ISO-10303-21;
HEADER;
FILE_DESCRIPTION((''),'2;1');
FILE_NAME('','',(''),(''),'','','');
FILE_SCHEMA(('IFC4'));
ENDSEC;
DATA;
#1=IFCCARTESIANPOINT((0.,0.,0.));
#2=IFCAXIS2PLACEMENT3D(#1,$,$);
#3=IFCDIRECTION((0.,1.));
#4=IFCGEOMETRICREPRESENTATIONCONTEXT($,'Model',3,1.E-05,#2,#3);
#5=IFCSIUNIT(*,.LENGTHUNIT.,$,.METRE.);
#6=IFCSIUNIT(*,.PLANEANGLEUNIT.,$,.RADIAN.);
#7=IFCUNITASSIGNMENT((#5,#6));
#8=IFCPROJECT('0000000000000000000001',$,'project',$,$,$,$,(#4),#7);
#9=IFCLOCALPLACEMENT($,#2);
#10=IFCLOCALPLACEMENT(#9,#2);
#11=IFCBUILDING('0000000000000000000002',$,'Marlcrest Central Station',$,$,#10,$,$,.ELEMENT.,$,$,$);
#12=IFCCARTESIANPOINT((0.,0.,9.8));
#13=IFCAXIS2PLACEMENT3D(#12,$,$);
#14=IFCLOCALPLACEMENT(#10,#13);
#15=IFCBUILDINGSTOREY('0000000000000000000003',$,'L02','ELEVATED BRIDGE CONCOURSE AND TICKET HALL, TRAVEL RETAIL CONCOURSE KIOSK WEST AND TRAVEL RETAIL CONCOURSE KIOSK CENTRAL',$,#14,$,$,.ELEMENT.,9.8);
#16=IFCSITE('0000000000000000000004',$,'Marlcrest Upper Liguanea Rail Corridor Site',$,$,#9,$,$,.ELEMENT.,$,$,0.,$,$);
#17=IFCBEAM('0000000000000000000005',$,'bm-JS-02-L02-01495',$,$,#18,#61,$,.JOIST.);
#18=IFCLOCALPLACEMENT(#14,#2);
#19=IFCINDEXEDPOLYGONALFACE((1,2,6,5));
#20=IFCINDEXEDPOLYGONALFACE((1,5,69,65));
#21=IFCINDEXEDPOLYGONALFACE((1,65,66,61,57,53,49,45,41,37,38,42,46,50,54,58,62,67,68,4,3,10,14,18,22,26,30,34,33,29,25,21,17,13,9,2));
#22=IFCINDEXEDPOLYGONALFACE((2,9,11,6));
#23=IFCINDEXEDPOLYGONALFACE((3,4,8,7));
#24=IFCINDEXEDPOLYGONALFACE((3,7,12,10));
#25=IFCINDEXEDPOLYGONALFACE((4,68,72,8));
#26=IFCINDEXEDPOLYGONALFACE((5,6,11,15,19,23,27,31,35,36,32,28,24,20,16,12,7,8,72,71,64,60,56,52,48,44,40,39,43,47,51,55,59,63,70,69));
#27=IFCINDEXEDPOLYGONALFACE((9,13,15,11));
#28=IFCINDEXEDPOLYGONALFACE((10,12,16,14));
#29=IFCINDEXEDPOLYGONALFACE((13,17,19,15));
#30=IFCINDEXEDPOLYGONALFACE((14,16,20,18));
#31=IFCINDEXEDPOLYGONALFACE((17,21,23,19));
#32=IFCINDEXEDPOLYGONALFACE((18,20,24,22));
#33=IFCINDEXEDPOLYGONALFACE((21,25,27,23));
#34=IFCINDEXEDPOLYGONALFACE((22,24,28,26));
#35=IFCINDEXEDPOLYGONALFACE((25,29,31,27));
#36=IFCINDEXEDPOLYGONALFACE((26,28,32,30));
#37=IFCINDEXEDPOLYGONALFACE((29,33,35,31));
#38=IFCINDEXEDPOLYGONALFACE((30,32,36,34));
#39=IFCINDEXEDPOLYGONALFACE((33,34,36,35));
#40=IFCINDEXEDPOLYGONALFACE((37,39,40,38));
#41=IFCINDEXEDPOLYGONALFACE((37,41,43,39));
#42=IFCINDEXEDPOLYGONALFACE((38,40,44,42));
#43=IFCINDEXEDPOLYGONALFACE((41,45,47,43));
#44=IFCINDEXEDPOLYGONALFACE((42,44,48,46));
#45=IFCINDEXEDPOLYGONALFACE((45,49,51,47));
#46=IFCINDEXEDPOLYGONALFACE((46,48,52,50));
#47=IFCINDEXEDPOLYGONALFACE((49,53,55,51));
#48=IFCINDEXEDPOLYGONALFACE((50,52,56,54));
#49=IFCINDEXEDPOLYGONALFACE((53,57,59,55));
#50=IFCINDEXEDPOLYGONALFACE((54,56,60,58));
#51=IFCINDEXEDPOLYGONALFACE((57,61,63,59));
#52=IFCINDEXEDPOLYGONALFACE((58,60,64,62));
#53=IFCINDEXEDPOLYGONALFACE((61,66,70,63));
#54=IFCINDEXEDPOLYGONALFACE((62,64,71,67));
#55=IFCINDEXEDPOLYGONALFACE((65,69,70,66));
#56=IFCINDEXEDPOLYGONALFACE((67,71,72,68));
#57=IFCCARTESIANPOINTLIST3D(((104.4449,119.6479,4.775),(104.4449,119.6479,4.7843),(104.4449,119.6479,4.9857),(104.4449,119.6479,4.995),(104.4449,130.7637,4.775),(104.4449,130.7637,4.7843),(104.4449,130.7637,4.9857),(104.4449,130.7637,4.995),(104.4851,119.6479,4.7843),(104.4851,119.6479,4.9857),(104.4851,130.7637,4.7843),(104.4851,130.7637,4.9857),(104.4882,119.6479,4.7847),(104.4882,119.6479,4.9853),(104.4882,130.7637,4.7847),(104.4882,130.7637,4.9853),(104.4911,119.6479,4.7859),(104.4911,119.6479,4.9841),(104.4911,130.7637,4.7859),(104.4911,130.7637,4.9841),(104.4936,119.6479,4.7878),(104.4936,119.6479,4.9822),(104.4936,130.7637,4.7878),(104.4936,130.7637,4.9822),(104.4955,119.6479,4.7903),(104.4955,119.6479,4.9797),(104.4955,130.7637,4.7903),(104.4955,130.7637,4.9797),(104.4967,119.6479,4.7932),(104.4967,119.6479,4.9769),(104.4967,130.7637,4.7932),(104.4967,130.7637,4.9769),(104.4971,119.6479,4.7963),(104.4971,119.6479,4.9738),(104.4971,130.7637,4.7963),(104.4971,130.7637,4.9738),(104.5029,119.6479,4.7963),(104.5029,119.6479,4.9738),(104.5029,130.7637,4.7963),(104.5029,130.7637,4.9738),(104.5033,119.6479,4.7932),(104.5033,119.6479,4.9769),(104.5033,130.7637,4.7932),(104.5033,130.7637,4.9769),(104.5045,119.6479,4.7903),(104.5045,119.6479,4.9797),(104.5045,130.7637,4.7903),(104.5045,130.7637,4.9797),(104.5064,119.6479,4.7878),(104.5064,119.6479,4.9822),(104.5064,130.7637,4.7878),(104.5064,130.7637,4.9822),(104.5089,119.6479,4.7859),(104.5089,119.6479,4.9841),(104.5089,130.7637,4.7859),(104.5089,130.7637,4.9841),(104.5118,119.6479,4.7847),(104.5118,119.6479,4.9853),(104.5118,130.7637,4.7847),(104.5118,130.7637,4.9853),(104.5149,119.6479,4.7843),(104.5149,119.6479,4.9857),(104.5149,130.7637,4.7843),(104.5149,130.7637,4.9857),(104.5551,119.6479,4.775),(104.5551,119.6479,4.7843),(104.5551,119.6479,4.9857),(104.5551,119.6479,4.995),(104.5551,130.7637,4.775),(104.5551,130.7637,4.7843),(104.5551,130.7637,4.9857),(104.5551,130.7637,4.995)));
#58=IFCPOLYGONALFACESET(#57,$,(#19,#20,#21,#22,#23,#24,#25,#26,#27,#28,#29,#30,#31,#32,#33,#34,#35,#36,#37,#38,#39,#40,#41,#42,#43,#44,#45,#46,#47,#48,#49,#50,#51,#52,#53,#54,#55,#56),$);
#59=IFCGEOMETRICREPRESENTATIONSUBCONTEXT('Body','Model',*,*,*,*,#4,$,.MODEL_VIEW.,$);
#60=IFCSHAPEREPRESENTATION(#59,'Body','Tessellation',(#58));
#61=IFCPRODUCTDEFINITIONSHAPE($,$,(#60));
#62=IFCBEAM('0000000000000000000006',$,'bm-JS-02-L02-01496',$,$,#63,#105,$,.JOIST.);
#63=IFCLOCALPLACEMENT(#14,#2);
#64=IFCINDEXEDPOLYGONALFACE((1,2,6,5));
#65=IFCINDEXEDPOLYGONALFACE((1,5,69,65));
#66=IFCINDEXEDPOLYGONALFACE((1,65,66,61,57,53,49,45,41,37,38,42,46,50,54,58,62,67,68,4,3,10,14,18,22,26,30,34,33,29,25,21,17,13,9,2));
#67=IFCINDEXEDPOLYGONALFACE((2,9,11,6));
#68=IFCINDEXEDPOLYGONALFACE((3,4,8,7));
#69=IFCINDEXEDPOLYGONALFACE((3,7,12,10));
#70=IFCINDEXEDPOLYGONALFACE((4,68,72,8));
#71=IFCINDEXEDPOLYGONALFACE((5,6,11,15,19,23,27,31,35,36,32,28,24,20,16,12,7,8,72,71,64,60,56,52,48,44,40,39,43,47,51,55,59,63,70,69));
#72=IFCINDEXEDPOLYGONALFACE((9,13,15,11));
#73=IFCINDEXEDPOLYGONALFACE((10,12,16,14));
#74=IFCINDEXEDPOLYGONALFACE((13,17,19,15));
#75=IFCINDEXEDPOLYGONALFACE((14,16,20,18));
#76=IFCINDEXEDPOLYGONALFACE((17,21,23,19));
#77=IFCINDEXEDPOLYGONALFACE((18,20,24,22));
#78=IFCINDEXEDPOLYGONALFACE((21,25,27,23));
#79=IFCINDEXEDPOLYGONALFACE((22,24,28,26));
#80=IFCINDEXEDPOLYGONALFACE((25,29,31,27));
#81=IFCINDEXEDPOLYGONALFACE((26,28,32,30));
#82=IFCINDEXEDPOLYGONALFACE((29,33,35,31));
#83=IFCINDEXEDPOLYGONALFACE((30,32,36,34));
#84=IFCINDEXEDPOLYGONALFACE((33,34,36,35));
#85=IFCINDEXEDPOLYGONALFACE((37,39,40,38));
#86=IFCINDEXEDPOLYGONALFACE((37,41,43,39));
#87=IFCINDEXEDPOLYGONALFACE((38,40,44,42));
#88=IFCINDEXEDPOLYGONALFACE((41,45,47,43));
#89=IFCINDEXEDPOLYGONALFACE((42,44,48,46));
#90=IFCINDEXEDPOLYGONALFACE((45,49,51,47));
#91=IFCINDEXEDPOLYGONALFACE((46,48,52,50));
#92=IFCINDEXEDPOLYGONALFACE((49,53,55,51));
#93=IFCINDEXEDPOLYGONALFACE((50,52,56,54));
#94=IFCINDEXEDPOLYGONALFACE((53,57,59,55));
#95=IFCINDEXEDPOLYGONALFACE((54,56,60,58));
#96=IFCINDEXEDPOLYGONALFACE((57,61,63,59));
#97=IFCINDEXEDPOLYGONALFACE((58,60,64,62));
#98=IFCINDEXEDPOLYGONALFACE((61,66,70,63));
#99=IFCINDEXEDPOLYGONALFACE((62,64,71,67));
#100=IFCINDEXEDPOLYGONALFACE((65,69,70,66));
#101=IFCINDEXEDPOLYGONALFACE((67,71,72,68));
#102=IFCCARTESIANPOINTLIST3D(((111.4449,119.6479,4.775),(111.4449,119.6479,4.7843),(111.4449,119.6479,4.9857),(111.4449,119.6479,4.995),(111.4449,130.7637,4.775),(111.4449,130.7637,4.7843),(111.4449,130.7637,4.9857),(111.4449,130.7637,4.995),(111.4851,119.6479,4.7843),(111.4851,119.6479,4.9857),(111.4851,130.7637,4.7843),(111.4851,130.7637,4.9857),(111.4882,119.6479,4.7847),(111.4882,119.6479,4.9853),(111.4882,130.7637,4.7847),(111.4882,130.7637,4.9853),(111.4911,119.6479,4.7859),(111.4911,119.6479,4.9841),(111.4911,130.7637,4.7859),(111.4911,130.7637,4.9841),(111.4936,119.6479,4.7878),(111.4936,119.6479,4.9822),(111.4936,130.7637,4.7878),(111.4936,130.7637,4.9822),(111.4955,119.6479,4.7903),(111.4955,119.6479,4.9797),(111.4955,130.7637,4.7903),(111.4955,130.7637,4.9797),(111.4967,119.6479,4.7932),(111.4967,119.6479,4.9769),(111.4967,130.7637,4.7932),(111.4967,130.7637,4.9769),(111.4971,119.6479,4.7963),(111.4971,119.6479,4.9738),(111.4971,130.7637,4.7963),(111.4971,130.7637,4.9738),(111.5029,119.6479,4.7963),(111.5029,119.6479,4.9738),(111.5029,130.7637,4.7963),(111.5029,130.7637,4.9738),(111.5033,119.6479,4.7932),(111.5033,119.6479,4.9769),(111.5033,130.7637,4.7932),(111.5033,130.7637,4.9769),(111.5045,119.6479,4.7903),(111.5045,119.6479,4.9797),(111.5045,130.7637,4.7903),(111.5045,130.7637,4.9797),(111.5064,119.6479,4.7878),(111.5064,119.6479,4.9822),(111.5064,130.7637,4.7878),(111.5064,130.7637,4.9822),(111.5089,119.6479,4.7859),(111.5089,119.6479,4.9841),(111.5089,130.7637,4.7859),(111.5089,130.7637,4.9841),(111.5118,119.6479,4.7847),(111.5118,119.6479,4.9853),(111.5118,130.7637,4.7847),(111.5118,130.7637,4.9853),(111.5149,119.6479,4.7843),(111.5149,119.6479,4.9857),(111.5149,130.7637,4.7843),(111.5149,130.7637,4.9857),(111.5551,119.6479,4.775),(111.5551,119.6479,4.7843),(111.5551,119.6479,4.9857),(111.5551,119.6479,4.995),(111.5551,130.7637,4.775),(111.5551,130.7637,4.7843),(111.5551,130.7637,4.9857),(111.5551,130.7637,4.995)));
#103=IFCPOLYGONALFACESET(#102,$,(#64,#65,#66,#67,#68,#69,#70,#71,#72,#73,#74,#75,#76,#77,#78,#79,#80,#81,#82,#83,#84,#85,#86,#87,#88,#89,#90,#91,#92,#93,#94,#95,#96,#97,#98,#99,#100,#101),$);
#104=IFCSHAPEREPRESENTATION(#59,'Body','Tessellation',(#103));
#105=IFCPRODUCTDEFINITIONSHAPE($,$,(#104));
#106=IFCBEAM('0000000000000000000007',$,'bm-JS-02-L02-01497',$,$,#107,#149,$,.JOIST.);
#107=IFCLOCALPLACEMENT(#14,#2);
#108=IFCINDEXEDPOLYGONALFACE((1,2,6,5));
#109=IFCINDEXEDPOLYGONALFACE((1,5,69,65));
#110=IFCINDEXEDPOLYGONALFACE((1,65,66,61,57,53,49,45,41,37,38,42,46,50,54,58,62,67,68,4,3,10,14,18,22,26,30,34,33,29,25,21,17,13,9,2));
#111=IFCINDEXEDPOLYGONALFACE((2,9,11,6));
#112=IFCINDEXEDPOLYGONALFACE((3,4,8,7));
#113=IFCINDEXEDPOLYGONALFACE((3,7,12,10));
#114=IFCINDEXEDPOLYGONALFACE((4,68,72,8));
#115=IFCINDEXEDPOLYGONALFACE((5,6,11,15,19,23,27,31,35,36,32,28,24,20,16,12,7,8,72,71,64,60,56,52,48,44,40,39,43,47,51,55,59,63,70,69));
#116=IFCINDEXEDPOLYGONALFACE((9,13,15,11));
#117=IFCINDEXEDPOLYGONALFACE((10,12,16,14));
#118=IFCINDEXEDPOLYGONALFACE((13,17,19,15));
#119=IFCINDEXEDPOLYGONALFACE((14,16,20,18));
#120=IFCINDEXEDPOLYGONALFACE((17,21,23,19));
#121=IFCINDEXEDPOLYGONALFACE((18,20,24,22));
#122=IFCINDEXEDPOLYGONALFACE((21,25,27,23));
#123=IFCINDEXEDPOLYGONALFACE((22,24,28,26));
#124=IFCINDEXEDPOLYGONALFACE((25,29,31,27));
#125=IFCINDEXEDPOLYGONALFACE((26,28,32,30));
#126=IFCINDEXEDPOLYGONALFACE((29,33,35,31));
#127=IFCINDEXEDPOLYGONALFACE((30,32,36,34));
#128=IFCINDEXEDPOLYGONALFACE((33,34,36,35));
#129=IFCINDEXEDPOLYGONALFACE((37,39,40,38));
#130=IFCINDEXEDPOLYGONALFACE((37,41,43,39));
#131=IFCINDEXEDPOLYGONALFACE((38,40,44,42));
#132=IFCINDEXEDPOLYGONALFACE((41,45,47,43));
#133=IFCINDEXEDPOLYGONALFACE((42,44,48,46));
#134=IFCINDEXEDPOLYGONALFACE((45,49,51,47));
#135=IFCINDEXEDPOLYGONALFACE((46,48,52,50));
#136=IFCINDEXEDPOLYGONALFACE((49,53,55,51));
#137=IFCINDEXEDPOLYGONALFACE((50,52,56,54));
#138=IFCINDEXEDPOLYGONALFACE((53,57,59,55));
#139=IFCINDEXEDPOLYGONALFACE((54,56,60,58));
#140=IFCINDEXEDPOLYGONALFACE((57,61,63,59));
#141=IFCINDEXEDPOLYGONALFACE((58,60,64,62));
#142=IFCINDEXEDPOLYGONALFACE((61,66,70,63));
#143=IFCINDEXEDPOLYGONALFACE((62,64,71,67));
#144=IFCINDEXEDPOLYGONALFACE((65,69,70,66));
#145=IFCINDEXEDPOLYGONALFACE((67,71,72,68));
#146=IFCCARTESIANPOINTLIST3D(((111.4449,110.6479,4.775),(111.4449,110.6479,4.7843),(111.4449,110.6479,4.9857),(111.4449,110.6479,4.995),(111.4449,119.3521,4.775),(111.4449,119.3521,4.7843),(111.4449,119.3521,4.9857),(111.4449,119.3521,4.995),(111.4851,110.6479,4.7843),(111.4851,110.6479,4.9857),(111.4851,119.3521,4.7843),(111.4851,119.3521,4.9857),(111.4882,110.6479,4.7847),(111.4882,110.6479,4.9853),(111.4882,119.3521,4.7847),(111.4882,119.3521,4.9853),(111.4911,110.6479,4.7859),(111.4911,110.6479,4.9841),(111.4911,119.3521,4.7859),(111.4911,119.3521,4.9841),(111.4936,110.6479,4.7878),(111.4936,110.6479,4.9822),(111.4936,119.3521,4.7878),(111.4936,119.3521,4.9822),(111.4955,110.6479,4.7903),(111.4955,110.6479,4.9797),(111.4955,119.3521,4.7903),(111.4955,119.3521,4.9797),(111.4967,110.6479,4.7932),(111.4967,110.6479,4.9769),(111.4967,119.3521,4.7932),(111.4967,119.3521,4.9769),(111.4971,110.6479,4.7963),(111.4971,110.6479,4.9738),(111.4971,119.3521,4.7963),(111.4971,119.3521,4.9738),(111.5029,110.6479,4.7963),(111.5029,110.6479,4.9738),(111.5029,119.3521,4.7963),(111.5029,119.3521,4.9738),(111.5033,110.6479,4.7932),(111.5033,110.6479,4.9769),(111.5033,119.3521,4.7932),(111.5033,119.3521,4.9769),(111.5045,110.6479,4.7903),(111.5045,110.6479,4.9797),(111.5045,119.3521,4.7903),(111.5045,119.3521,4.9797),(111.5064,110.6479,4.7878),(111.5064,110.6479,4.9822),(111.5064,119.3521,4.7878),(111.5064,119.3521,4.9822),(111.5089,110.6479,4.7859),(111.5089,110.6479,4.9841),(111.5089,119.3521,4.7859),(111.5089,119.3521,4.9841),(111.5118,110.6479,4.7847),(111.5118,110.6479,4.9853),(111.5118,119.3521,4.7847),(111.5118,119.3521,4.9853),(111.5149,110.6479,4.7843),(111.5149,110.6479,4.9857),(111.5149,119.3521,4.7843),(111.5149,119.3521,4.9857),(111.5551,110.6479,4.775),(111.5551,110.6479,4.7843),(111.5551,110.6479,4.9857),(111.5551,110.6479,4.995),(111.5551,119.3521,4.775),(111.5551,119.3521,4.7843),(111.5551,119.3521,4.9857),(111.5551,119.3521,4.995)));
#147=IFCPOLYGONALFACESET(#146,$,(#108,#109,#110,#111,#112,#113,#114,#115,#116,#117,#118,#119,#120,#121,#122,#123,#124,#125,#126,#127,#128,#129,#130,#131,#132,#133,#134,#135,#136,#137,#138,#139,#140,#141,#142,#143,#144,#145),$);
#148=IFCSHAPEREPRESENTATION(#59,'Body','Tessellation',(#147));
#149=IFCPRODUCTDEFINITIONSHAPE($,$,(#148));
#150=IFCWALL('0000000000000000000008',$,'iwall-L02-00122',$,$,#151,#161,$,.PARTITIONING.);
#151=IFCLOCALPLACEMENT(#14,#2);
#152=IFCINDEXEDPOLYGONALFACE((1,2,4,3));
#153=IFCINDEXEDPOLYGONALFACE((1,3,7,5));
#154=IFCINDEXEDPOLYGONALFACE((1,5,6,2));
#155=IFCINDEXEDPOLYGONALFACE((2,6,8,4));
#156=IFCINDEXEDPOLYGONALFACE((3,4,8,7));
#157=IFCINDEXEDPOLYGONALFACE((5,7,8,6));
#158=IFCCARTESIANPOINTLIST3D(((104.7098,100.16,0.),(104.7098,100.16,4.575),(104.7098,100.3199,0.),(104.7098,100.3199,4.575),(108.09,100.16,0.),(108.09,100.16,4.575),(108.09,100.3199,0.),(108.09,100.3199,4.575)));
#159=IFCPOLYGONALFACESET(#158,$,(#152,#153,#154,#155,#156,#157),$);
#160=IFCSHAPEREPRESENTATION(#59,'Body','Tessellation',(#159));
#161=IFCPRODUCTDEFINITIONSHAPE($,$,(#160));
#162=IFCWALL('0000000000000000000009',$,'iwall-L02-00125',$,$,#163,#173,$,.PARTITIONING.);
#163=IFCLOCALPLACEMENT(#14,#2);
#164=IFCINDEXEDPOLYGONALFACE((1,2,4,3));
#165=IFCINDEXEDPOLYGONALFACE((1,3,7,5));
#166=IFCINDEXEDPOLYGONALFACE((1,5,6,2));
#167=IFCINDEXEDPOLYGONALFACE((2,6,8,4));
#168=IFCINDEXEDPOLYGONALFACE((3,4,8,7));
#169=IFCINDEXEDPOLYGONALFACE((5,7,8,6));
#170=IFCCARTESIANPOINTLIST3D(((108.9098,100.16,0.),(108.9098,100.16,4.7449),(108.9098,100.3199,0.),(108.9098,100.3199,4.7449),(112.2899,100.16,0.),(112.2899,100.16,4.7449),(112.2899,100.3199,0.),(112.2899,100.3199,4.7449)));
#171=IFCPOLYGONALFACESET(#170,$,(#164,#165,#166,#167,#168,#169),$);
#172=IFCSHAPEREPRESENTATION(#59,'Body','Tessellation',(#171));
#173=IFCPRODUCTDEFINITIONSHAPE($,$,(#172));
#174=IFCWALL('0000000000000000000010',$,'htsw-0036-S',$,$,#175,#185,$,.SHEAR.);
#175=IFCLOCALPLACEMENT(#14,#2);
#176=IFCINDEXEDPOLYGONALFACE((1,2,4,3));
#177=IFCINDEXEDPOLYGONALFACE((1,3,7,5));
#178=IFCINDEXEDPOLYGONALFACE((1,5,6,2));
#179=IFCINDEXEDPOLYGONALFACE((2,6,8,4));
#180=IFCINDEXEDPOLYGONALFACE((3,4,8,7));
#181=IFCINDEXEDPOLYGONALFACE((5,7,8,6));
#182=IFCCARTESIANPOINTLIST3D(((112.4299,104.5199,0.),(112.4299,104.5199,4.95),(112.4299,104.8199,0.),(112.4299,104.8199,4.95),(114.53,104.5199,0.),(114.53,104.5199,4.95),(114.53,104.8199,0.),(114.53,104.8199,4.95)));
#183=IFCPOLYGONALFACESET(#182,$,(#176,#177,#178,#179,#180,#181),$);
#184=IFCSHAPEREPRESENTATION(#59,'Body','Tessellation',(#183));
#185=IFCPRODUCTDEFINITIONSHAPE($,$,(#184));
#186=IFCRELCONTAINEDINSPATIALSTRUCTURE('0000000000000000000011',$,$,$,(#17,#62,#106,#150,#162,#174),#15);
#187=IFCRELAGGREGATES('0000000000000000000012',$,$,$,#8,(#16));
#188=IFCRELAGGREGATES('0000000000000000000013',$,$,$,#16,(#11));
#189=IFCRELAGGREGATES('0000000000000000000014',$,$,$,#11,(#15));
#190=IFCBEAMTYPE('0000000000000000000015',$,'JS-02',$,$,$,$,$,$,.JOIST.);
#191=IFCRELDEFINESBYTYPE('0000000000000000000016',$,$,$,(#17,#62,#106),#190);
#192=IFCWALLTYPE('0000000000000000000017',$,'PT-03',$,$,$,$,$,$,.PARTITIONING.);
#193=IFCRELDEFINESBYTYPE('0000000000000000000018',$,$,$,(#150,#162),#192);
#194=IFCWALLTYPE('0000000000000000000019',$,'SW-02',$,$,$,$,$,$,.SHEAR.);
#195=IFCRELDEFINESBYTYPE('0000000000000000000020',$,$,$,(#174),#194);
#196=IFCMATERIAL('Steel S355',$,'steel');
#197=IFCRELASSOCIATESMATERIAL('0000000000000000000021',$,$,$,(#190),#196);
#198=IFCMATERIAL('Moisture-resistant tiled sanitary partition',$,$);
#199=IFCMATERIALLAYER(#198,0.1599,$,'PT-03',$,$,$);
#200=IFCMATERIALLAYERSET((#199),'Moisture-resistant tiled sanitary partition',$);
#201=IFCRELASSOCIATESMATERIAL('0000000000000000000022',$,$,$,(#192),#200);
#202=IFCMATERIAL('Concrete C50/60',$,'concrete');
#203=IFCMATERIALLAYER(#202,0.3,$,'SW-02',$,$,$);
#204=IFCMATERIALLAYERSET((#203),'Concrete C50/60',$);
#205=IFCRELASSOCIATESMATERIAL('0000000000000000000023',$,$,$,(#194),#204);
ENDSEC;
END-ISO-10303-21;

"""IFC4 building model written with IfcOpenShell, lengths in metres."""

from ifc_helpers import new_model, si_unit, direction, frame, frame_2d, origin, origin_2d, place, context, subcontext, project, spatial, rectangle, i_section, extrude, material, layer, layer_set, material_profile, profile_set, type_object, element, save


model = new_model("IFC4")

# Units and contexts
model_context = context("Model", 3, precision=1e-05, world=origin(), true_north=direction((0.0, 1.0)))
body_context = subcontext(model_context, "Body", "Model", "MODEL_VIEW")
ifc_project = project(units=[si_unit("LENGTHUNIT", "METRE"), si_unit("PLANEANGLEUNIT", "RADIAN")], contexts=[model_context])

# Site, building, storey
site_placement = place(None, origin())
site = spatial("IfcSite", under=ifc_project, at=site_placement, Name="Marlcrest Upper Liguanea Rail Corridor Site", CompositionType="ELEMENT", RefElevation=0.0)
building_placement = place(site_placement, origin())
building = spatial("IfcBuilding", under=site, at=building_placement, Name="Marlcrest Central Station", CompositionType="ELEMENT")
storey_placement = place(building_placement, frame((0.0, 0.0, 9.8)))
storey = spatial("IfcBuildingStorey", under=building, at=storey_placement, Name="L02", Description="ELEVATED BRIDGE CONCOURSE AND TICKET HALL, TRAVEL RETAIL CONCOURSE KIOSK WEST AND TRAVEL RETAIL CONCOURSE KIOSK CENTRAL", CompositionType="ELEMENT", Elevation=9.8)

# Shared definitions
ifc_material_1 = material(Name="Steel S355", Category="steel")

# Beams
ifc_material_profile_1 = material_profile(ifc_material_1, i_section(OverallWidth=0.1101, OverallDepth=0.22, WebThickness=0.0059, FlangeThickness=0.0093, FilletRadius=0.012, at=origin_2d()), Name="IPE 220")
ifc_profile_set_1 = profile_set([ifc_material_profile_1], Name="Steel S355")
beam_type_1 = type_object("IfcBeamType", Name="JS-02", PredefinedType="JOIST", material=ifc_profile_set_1)
for number, where, z_axis, x_axis, name in (
    (1, (104.5, 119.6479, 4.885), (0.0, 1.0, 0.0), (-1.0, 0.0, 0.0), "bm-JS-02-L02-01495"),
    (2, (111.5, 119.6479, 4.885), (0.0, 1.0, 0.0), (-1.0, 0.0, 0.0), "bm-JS-02-L02-01496"),
):
    element("IfcBeam", number, at=place(storey_placement, frame(where, z_axis=z_axis, x_axis=x_axis)), inside=storey, type_object=beam_type_1, Name=name, PredefinedType="JOIST", context=body_context, shape_type="SweptSolid", body=[
        extrude(i_section(OverallWidth=0.1101, OverallDepth=0.22, WebThickness=0.0059, FlangeThickness=0.0093, FilletRadius=0.012, at=origin_2d()), origin(), (0.0, 0.0, 1.0), 11.1157),
    ])
beam_1_placement = place(storey_placement, frame((111.5, 110.6479, 4.885), z_axis=(0.0, 1.0, 0.0), x_axis=(-1.0, 0.0, 0.0)))
element("IfcBeam", 3, at=beam_1_placement, inside=storey, type_object=beam_type_1, Name="bm-JS-02-L02-01497", PredefinedType="JOIST", context=body_context, shape_type="SweptSolid", body=[
    extrude(i_section(OverallWidth=0.1101, OverallDepth=0.22, WebThickness=0.0059, FlangeThickness=0.0093, FilletRadius=0.012, at=origin_2d()), origin(), (0.0, 0.0, 1.0), 8.7041),
])

# Walls
ifc_material_2 = material(Name="Moisture-resistant tiled sanitary partition")
ifc_layer_1 = layer(ifc_material_2, 0.1599, Name="PT-03")
ifc_layer_set_1 = layer_set([ifc_layer_1], Name="Moisture-resistant tiled sanitary partition")
wall_type_1 = type_object("IfcWallType", Name="PT-03", PredefinedType="PARTITIONING", material=ifc_layer_set_1)
wall_1_placement = place(storey_placement, frame((104.71, 100.24, 0.0), z_axis=(0.0, 0.0, 1.0), x_axis=(1.0, 0.0, 0.0)))
element("IfcWall", 4, at=wall_1_placement, inside=storey, type_object=wall_type_1, Name="iwall-L02-00122", PredefinedType="PARTITIONING", context=body_context, shape_type="SweptSolid", body=[
    extrude(rectangle(XDim=3.3801, YDim=0.1599, at=frame_2d((1.6899, 0.0))), origin(), (0.0, 0.0, 1.0), 4.575),
])
wall_2_placement = place(storey_placement, frame((108.9099, 100.24, 0.0), z_axis=(0.0, 0.0, 1.0), x_axis=(1.0, 0.0, 0.0)))
element("IfcWall", 5, at=wall_2_placement, inside=storey, type_object=wall_type_1, Name="iwall-L02-00125", PredefinedType="PARTITIONING", context=body_context, shape_type="SweptSolid", body=[
    extrude(rectangle(XDim=3.3801, YDim=0.1599, at=frame_2d((1.6899, 0.0))), origin(), (0.0, 0.0, 1.0), 4.7449),
])
ifc_material_3 = material(Name="Concrete C50/60", Category="concrete")
ifc_layer_2 = layer(ifc_material_3, 0.3, Name="SW-02")
ifc_layer_set_2 = layer_set([ifc_layer_2], Name="Concrete C50/60")
wall_type_2 = type_object("IfcWallType", Name="SW-02", PredefinedType="SHEAR", material=ifc_layer_set_2)
wall_3_placement = place(storey_placement, frame((112.4299, 104.6699, 0.0), z_axis=(0.0, 0.0, 1.0), x_axis=(1.0, 0.0, 0.0)))
element("IfcWall", 6, at=wall_3_placement, inside=storey, type_object=wall_type_2, Name="htsw-0036-S", PredefinedType="SHEAR", context=body_context, shape_type="SweptSolid", body=[
    extrude(rectangle(XDim=2.1001, YDim=0.3, at=frame_2d((1.05, 0.0))), origin(), (0.0, 0.0, 1.0), 4.95),
])

save(model, "model.ifc")
